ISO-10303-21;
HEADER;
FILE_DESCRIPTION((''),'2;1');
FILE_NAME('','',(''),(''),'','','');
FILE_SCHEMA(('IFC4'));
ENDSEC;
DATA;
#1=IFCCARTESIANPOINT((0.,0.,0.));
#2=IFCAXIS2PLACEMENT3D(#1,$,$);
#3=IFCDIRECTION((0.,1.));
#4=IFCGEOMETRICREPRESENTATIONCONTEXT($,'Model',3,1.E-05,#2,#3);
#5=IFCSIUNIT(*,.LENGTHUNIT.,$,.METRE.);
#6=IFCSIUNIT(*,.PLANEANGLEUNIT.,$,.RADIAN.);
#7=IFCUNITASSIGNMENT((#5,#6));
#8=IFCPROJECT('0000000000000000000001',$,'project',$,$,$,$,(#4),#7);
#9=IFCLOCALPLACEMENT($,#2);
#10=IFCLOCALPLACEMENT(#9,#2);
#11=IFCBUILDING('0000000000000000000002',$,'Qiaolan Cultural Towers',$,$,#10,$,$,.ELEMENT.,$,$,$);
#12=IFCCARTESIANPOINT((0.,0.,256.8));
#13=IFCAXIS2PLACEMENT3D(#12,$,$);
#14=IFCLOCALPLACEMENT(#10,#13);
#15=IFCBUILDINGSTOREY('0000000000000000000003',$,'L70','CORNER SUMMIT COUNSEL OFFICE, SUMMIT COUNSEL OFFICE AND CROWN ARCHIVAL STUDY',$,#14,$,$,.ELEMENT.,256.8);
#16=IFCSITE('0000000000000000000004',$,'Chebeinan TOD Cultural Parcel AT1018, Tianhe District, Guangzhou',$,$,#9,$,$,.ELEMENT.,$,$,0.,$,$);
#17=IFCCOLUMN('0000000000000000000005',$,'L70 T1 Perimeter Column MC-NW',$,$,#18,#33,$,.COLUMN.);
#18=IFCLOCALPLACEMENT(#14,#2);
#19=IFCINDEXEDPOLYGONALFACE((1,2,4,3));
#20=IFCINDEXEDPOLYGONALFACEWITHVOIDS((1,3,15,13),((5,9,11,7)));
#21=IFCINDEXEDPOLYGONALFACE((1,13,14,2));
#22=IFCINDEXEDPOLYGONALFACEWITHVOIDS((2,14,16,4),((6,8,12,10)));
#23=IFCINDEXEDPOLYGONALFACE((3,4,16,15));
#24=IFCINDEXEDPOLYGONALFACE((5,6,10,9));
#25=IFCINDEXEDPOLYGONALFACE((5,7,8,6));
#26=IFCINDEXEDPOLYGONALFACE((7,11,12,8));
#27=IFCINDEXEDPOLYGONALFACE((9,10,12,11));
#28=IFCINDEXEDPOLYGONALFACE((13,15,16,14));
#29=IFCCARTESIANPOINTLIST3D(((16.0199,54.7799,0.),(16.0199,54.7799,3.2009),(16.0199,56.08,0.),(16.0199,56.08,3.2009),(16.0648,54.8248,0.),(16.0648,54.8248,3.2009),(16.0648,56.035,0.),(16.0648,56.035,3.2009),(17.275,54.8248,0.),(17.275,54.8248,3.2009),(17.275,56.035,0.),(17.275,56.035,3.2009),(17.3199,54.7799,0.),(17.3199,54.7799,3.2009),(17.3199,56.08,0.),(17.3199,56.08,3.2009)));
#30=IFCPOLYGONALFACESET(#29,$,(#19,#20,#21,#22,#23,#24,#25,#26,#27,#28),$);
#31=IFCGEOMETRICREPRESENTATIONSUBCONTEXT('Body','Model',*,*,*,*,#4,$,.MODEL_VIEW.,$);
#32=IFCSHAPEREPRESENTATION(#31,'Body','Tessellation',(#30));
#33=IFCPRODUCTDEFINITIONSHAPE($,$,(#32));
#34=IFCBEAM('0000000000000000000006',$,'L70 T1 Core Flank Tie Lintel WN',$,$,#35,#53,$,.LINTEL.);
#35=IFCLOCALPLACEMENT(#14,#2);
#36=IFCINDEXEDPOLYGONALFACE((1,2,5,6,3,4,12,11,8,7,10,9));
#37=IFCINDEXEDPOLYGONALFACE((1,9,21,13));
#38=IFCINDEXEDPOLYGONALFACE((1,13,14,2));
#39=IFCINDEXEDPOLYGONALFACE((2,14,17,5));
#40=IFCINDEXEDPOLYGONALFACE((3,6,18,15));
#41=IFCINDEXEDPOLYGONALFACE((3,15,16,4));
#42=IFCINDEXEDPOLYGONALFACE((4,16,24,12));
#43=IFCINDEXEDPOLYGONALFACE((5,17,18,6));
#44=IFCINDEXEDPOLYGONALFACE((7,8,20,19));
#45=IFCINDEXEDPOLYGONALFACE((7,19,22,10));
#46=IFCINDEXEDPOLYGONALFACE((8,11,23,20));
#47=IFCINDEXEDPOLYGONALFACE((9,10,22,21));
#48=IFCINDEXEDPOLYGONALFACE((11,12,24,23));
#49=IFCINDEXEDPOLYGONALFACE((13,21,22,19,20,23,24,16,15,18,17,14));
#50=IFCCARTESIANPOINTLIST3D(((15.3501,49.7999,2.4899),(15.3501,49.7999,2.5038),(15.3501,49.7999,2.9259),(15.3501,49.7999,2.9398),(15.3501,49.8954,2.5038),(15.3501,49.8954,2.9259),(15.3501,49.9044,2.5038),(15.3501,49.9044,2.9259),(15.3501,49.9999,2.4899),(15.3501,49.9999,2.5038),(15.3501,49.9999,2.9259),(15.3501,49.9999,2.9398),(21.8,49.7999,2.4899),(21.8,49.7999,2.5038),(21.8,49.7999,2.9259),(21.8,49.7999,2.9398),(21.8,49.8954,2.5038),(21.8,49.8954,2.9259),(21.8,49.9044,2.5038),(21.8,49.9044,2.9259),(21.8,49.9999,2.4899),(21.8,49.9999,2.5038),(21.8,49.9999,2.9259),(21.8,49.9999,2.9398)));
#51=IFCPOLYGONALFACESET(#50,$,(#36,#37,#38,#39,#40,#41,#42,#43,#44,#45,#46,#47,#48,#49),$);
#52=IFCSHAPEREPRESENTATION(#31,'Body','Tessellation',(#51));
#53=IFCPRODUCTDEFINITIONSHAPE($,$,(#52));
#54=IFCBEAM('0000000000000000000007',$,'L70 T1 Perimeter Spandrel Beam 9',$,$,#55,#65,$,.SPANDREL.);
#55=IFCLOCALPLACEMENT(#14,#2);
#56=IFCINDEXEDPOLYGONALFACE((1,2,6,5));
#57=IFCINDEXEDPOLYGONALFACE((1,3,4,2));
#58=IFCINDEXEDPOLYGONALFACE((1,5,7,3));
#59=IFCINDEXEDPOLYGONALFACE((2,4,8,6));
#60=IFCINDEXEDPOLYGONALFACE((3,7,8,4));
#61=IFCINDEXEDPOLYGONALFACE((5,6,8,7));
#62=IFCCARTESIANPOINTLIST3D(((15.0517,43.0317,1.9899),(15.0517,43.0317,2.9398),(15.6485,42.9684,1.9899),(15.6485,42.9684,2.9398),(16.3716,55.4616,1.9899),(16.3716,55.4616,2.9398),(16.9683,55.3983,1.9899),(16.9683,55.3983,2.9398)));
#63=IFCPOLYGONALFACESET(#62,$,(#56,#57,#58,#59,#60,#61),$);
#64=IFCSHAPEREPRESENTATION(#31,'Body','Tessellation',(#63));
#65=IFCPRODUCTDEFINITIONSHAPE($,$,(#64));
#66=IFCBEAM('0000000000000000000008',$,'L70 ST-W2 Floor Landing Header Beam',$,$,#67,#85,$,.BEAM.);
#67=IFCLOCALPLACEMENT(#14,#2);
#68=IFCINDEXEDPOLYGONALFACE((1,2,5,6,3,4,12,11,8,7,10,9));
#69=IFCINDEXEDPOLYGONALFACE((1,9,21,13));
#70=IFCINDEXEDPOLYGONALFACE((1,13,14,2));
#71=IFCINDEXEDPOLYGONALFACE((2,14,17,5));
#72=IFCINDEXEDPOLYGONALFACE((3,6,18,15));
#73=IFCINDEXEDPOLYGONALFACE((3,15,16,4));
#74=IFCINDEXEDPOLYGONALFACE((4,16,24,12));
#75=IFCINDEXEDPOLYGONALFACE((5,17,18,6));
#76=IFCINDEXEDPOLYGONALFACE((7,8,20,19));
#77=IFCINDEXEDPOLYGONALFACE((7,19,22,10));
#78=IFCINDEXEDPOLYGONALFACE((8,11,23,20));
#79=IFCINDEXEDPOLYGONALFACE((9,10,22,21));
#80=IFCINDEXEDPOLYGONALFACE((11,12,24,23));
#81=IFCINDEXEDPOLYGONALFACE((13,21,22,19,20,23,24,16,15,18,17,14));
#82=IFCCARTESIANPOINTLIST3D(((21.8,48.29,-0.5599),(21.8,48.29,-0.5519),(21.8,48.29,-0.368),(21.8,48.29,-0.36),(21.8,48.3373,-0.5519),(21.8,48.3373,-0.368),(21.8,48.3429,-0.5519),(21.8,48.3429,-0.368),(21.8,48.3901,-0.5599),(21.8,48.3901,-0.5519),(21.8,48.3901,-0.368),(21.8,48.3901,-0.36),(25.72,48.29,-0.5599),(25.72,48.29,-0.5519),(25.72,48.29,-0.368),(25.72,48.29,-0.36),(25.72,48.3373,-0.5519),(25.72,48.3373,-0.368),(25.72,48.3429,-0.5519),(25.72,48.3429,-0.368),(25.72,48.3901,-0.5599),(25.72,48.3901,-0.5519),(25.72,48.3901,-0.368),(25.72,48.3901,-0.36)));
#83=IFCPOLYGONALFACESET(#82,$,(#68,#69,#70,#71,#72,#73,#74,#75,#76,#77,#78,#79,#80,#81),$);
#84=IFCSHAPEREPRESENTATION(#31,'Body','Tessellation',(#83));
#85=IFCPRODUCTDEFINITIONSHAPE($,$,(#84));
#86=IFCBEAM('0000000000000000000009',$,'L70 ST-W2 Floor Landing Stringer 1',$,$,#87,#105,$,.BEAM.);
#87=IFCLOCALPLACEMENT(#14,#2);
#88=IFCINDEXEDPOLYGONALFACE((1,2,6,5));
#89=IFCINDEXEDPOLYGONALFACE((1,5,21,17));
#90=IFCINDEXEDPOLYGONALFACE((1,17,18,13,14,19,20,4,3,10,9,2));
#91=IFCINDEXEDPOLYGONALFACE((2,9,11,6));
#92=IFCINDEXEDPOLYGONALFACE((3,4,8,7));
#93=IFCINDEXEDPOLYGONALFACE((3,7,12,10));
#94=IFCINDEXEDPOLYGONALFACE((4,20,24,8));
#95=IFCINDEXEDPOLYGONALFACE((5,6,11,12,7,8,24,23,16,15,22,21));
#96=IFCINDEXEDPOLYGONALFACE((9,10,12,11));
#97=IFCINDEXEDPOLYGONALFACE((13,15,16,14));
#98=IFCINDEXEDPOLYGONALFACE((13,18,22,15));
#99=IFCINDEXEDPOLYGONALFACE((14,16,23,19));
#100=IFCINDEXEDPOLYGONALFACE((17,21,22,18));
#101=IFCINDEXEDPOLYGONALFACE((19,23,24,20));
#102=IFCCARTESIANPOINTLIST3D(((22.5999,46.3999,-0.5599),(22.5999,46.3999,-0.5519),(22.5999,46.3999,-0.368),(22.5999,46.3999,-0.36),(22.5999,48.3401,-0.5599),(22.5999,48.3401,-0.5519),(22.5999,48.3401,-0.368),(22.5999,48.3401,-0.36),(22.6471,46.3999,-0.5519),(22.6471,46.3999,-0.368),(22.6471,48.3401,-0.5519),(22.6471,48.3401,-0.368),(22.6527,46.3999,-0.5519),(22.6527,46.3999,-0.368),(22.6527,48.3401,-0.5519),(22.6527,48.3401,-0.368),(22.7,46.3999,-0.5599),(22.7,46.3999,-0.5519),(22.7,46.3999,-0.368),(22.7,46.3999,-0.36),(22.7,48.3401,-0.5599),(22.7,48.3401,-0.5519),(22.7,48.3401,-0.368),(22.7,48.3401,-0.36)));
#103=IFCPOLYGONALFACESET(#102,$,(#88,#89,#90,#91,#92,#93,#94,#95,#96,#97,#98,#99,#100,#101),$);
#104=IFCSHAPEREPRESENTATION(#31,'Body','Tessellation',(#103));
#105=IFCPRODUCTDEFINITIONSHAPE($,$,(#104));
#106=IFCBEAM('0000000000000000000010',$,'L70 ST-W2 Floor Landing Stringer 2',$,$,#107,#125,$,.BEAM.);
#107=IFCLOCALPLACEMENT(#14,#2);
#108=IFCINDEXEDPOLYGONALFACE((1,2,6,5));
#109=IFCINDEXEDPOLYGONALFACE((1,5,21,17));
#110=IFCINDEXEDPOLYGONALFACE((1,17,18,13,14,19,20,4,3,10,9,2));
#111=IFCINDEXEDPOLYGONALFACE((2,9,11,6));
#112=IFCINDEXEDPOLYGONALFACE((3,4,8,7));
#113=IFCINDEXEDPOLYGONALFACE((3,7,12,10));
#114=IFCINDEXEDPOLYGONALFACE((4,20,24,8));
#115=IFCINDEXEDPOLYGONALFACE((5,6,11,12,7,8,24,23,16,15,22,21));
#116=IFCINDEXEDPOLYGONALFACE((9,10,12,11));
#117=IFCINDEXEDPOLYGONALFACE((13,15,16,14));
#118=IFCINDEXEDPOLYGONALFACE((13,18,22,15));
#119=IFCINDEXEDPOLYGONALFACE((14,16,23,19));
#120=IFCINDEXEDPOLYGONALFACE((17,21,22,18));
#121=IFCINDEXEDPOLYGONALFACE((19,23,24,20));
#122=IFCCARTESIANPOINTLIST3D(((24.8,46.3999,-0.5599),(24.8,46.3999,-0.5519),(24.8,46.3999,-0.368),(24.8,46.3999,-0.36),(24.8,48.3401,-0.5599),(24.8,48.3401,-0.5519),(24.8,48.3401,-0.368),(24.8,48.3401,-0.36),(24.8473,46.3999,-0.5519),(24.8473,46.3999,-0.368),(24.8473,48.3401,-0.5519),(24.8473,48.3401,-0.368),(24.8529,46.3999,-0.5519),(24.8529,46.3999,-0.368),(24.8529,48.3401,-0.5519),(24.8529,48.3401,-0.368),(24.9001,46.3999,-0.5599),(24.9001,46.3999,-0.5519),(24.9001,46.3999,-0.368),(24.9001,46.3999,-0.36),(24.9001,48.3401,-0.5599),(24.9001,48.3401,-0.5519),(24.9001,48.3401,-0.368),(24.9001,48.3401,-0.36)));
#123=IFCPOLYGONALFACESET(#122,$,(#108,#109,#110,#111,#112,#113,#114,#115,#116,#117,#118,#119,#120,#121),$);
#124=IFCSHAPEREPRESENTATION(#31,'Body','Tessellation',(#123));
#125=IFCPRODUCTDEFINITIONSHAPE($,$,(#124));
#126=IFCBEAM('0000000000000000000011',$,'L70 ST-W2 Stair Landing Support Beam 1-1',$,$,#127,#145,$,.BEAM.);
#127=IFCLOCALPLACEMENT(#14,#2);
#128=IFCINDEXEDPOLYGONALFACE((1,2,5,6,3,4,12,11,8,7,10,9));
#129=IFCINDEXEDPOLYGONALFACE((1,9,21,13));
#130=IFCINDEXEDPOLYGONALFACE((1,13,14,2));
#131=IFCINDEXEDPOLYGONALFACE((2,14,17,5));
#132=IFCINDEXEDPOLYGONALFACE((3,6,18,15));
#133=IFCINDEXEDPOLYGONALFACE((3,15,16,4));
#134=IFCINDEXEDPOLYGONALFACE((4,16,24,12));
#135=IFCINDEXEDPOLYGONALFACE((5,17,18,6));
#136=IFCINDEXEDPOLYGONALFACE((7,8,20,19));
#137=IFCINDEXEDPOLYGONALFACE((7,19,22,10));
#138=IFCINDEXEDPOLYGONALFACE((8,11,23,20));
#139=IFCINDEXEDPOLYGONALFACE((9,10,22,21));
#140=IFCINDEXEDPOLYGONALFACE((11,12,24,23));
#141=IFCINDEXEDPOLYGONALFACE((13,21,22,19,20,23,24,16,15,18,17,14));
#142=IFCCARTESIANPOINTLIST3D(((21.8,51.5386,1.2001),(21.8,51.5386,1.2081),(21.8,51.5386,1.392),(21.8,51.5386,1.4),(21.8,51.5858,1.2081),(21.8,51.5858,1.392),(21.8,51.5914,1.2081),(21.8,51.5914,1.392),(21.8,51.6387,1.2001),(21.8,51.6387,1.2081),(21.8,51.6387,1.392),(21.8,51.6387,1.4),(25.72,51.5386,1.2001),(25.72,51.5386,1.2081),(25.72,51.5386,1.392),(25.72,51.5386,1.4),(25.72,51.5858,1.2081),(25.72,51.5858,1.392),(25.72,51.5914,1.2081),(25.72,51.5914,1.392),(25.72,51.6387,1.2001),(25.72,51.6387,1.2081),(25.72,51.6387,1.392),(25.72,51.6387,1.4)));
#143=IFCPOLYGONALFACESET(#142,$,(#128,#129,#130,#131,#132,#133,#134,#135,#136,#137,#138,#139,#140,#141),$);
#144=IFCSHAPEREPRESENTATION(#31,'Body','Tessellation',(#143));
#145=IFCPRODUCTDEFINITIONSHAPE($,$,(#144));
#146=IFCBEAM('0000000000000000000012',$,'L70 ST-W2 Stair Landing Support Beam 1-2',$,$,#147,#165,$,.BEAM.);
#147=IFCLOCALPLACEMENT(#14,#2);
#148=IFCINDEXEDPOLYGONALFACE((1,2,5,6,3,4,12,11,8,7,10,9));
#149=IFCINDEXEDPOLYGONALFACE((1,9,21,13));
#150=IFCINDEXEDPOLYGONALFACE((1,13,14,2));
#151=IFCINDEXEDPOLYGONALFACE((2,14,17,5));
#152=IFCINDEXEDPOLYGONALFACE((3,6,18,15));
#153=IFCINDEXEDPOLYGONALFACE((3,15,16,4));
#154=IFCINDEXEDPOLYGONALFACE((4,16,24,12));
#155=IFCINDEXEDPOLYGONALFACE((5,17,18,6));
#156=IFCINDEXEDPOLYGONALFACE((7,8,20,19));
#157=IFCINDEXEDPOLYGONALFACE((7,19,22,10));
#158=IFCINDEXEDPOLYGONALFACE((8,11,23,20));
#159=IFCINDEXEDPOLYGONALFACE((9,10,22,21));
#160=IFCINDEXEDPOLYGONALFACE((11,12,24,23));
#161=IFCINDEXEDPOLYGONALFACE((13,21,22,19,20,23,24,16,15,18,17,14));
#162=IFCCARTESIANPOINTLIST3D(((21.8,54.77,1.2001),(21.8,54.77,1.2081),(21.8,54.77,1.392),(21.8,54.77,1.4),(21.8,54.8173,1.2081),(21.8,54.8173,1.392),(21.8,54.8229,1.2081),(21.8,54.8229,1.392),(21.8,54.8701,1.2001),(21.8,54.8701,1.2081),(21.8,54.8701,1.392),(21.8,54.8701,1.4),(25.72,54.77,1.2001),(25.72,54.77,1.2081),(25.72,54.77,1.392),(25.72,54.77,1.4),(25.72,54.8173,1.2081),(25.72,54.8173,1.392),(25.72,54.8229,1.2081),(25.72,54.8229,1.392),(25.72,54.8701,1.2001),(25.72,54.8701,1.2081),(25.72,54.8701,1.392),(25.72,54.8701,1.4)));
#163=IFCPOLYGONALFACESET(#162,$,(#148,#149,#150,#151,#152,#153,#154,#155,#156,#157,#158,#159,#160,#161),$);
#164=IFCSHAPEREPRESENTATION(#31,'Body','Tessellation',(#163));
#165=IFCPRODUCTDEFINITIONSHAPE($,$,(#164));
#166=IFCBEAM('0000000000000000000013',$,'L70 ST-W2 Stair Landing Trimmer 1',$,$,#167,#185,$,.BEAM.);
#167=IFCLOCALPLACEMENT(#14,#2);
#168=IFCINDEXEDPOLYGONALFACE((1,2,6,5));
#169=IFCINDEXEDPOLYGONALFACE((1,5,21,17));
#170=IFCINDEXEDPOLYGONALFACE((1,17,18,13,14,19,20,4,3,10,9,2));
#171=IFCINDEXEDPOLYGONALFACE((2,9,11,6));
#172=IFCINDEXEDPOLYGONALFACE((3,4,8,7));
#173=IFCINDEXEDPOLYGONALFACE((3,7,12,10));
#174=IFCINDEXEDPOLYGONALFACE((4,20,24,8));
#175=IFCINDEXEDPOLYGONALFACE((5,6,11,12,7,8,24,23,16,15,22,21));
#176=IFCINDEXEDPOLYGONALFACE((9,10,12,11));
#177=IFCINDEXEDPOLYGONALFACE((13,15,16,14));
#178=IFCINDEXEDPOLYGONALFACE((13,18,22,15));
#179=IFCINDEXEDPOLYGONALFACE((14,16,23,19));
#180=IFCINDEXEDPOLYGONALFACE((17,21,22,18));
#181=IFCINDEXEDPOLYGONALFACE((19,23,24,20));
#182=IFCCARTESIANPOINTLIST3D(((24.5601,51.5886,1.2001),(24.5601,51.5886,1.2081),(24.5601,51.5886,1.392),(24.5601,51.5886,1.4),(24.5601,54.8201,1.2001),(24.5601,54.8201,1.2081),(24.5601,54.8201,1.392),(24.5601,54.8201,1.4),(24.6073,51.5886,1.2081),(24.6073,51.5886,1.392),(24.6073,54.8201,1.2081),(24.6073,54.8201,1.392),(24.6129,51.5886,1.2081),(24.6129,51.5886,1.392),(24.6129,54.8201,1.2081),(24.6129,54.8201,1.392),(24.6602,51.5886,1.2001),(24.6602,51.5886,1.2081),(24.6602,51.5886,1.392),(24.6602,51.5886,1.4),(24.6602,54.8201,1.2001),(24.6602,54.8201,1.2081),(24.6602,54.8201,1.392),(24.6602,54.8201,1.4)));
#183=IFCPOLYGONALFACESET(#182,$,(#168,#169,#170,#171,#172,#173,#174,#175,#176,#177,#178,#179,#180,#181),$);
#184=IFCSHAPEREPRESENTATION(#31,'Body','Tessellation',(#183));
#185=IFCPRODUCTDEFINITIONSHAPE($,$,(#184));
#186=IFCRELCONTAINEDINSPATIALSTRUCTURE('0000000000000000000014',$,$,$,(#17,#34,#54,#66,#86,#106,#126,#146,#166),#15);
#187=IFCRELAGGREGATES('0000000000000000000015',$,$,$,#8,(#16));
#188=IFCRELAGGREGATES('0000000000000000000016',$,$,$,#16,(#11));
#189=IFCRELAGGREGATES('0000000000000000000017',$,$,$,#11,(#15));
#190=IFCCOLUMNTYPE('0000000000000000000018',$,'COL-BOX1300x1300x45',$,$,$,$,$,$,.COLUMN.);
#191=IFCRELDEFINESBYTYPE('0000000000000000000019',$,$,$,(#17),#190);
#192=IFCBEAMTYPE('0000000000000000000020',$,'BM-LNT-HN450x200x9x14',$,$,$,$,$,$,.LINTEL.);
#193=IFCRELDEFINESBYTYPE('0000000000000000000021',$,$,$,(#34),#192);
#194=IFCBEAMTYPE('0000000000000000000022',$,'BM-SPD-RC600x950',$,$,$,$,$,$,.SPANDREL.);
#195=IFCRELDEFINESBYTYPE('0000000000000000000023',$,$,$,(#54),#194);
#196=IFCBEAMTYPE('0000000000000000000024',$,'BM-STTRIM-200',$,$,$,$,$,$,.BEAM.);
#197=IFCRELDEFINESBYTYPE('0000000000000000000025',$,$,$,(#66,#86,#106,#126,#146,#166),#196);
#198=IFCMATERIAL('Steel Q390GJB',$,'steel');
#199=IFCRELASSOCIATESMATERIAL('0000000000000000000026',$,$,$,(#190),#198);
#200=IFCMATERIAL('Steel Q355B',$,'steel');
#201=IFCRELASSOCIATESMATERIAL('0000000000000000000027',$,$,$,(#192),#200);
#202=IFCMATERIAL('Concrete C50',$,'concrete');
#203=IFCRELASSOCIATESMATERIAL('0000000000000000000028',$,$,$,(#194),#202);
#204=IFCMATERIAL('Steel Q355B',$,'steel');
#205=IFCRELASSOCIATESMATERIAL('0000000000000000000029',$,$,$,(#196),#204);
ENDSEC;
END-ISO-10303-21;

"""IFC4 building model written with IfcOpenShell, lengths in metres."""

from ifc_helpers import new_model, si_unit, direction, frame, origin, origin_2d, place, context, subcontext, project, spatial, rectangle, hollow_rectangle, i_section, extrude, material, material_profile, profile_set, type_object, element, save


model = new_model("IFC4")

# Units and contexts
model_context = context("Model", 3, precision=1e-05, world=origin(), true_north=direction((0.0, 1.0)))
body_context = subcontext(model_context, "Body", "Model", "MODEL_VIEW")
ifc_project = project(units=[si_unit("LENGTHUNIT", "METRE"), si_unit("PLANEANGLEUNIT", "RADIAN")], contexts=[model_context])

# Site, building, storey
site_placement = place(None, origin())
site = spatial("IfcSite", under=ifc_project, at=site_placement, Name="Chebeinan TOD Cultural Parcel AT1018, Tianhe District, Guangzhou", CompositionType="ELEMENT", RefElevation=0.0)
building_placement = place(site_placement, origin())
building = spatial("IfcBuilding", under=site, at=building_placement, Name="Qiaolan Cultural Towers", CompositionType="ELEMENT")
storey_placement = place(building_placement, frame((0.0, 0.0, 256.8)))
storey = spatial("IfcBuildingStorey", under=building, at=storey_placement, Name="L70", Description="CORNER SUMMIT COUNSEL OFFICE, SUMMIT COUNSEL OFFICE AND CROWN ARCHIVAL STUDY", CompositionType="ELEMENT", Elevation=256.8)

# Column
ifc_material_1 = material(Name="Steel Q390GJB", Category="steel")
ifc_material_profile_1 = material_profile(ifc_material_1, hollow_rectangle(XDim=1.3, YDim=1.3, WallThickness=0.0449, at=origin_2d()), Name="BOX1300x1300x45")
ifc_profile_set_1 = profile_set([ifc_material_profile_1], Name="Steel Q390GJB")
column_type = type_object("IfcColumnType", Name="COL-BOX1300x1300x45", PredefinedType="COLUMN", material=ifc_profile_set_1)
column_placement = place(storey_placement, frame((16.6699, 55.4299, 0.0), z_axis=(0.0, 0.0, 1.0), x_axis=(1.0, 0.0, 0.0)))
element("IfcColumn", 1, at=column_placement, inside=storey, type_object=column_type, Name="L70 T1 Perimeter Column MC-NW", PredefinedType="COLUMN", context=body_context, shape_type="SweptSolid", body=[
    extrude(hollow_rectangle(XDim=1.3, YDim=1.3, WallThickness=0.0449, at=origin_2d()), origin(), (0.0, 0.0, 1.0), 3.2009),
])

# Beams
ifc_material_2 = material(Name="Steel Q355B", Category="steel")
ifc_material_profile_2 = material_profile(ifc_material_2, i_section(OverallWidth=0.2, OverallDepth=0.45, WebThickness=0.009, FlangeThickness=0.0139, at=origin_2d()), Name="HN450x200x9x14")
ifc_profile_set_2 = profile_set([ifc_material_profile_2], Name="Steel Q355B")
beam_type_1 = type_object("IfcBeamType", Name="BM-LNT-HN450x200x9x14", PredefinedType="LINTEL", material=ifc_profile_set_2)
beam_1_placement = place(storey_placement, frame((21.8, 49.8999, 2.7148), z_axis=(-1.0, 0.0, 0.0), x_axis=(0.0, -1.0, 0.0)))
element("IfcBeam", 2, at=beam_1_placement, inside=storey, type_object=beam_type_1, Name="L70 T1 Core Flank Tie Lintel WN", PredefinedType="LINTEL", context=body_context, shape_type="SweptSolid", body=[
    extrude(i_section(OverallWidth=0.2, OverallDepth=0.45, WebThickness=0.009, FlangeThickness=0.0139, at=origin_2d()), origin(), (0.0, 0.0, 1.0), 6.45),
])
ifc_material_3 = material(Name="Concrete C50", Category="concrete")
ifc_material_profile_3 = material_profile(ifc_material_3, rectangle(XDim=0.6001, YDim=0.95, at=origin_2d()), Name="RC600x950")
ifc_profile_set_3 = profile_set([ifc_material_profile_3], Name="Concrete C50")
beam_type_2 = type_object("IfcBeamType", Name="BM-SPD-RC600x950", PredefinedType="SPANDREL", material=ifc_profile_set_3)
beam_2_placement = place(storey_placement, frame((16.6699, 55.4299, 2.4648), z_axis=(-0.105588, -0.99441, 0.0), x_axis=(0.99441, -0.105588, 0.0)))
element("IfcBeam", 3, at=beam_2_placement, inside=storey, type_object=beam_type_2, Name="L70 T1 Perimeter Spandrel Beam 9", PredefinedType="SPANDREL", context=body_context, shape_type="SweptSolid", body=[
    extrude(rectangle(XDim=0.6001, YDim=0.95, at=origin_2d()), origin(), (0.0, 0.0, 1.0), 12.4998),
])
ifc_material_4 = material(Name="Steel Q355B", Category="steel")
ifc_material_profile_4 = material_profile(ifc_material_4, i_section(OverallWidth=0.1001, OverallDepth=0.2, WebThickness=0.0056, FlangeThickness=0.0081, at=origin_2d()), Name="HN200x100x5.5x8")
ifc_profile_set_4 = profile_set([ifc_material_profile_4], Name="Steel Q355B")
beam_type_3 = type_object("IfcBeamType", Name="BM-STTRIM-200", PredefinedType="BEAM", material=ifc_profile_set_4)
beam_3_placement = place(storey_placement, frame((21.8, 48.3401, -0.46), z_axis=(1.0, 0.0, 0.0), x_axis=(0.0, 1.0, 0.0)))
element("IfcBeam", 4, at=beam_3_placement, inside=storey, type_object=beam_type_3, Name="L70 ST-W2 Floor Landing Header Beam", PredefinedType="BEAM", context=body_context, shape_type="SweptSolid", body=[
    extrude(i_section(OverallWidth=0.1001, OverallDepth=0.2, WebThickness=0.0056, FlangeThickness=0.0081, at=origin_2d()), origin(), (0.0, 0.0, 1.0), 3.9199),
])
for number, where, z_axis, x_axis, name in (
    (5, (22.6499, 46.3999, -0.46), (0.0, 1.0, 0.0), (-1.0, 0.0, 0.0), "L70 ST-W2 Floor Landing Stringer 1"),
    (6, (24.8501, 46.3999, -0.46), (0.0, 1.0, 0.0), (-1.0, 0.0, 0.0), "L70 ST-W2 Floor Landing Stringer 2"),
):
    element("IfcBeam", number, at=place(storey_placement, frame(where, z_axis=z_axis, x_axis=x_axis)), inside=storey, type_object=beam_type_3, Name=name, PredefinedType="BEAM", context=body_context, shape_type="SweptSolid", body=[
        extrude(i_section(OverallWidth=0.1001, OverallDepth=0.2, WebThickness=0.0056, FlangeThickness=0.0081, at=origin_2d()), origin(), (0.0, 0.0, 1.0), 1.9402),
    ])
for number, where, z_axis, x_axis, name in (
    (7, (21.8, 51.5886, 1.3), (1.0, 0.0, 0.0), (0.0, 1.0, 0.0), "L70 ST-W2 Stair Landing Support Beam 1-1"),
    (8, (21.8, 54.8201, 1.3), (1.0, 0.0, 0.0), (0.0, 1.0, 0.0), "L70 ST-W2 Stair Landing Support Beam 1-2"),
):
    element("IfcBeam", number, at=place(storey_placement, frame(where, z_axis=z_axis, x_axis=x_axis)), inside=storey, type_object=beam_type_3, Name=name, PredefinedType="BEAM", context=body_context, shape_type="SweptSolid", body=[
        extrude(i_section(OverallWidth=0.1001, OverallDepth=0.2, WebThickness=0.0056, FlangeThickness=0.0081, at=origin_2d()), origin(), (0.0, 0.0, 1.0), 3.9199),
    ])
beam_4_placement = place(storey_placement, frame((24.6101, 51.5886, 1.3), z_axis=(0.0, 1.0, 0.0), x_axis=(-1.0, 0.0, 0.0)))
element("IfcBeam", 9, at=beam_4_placement, inside=storey, type_object=beam_type_3, Name="L70 ST-W2 Stair Landing Trimmer 1", PredefinedType="BEAM", context=body_context, shape_type="SweptSolid", body=[
    extrude(i_section(OverallWidth=0.1001, OverallDepth=0.2, WebThickness=0.0056, FlangeThickness=0.0081, at=origin_2d()), origin(), (0.0, 0.0, 1.0), 3.2314),
])

save(model, "model.ifc")
